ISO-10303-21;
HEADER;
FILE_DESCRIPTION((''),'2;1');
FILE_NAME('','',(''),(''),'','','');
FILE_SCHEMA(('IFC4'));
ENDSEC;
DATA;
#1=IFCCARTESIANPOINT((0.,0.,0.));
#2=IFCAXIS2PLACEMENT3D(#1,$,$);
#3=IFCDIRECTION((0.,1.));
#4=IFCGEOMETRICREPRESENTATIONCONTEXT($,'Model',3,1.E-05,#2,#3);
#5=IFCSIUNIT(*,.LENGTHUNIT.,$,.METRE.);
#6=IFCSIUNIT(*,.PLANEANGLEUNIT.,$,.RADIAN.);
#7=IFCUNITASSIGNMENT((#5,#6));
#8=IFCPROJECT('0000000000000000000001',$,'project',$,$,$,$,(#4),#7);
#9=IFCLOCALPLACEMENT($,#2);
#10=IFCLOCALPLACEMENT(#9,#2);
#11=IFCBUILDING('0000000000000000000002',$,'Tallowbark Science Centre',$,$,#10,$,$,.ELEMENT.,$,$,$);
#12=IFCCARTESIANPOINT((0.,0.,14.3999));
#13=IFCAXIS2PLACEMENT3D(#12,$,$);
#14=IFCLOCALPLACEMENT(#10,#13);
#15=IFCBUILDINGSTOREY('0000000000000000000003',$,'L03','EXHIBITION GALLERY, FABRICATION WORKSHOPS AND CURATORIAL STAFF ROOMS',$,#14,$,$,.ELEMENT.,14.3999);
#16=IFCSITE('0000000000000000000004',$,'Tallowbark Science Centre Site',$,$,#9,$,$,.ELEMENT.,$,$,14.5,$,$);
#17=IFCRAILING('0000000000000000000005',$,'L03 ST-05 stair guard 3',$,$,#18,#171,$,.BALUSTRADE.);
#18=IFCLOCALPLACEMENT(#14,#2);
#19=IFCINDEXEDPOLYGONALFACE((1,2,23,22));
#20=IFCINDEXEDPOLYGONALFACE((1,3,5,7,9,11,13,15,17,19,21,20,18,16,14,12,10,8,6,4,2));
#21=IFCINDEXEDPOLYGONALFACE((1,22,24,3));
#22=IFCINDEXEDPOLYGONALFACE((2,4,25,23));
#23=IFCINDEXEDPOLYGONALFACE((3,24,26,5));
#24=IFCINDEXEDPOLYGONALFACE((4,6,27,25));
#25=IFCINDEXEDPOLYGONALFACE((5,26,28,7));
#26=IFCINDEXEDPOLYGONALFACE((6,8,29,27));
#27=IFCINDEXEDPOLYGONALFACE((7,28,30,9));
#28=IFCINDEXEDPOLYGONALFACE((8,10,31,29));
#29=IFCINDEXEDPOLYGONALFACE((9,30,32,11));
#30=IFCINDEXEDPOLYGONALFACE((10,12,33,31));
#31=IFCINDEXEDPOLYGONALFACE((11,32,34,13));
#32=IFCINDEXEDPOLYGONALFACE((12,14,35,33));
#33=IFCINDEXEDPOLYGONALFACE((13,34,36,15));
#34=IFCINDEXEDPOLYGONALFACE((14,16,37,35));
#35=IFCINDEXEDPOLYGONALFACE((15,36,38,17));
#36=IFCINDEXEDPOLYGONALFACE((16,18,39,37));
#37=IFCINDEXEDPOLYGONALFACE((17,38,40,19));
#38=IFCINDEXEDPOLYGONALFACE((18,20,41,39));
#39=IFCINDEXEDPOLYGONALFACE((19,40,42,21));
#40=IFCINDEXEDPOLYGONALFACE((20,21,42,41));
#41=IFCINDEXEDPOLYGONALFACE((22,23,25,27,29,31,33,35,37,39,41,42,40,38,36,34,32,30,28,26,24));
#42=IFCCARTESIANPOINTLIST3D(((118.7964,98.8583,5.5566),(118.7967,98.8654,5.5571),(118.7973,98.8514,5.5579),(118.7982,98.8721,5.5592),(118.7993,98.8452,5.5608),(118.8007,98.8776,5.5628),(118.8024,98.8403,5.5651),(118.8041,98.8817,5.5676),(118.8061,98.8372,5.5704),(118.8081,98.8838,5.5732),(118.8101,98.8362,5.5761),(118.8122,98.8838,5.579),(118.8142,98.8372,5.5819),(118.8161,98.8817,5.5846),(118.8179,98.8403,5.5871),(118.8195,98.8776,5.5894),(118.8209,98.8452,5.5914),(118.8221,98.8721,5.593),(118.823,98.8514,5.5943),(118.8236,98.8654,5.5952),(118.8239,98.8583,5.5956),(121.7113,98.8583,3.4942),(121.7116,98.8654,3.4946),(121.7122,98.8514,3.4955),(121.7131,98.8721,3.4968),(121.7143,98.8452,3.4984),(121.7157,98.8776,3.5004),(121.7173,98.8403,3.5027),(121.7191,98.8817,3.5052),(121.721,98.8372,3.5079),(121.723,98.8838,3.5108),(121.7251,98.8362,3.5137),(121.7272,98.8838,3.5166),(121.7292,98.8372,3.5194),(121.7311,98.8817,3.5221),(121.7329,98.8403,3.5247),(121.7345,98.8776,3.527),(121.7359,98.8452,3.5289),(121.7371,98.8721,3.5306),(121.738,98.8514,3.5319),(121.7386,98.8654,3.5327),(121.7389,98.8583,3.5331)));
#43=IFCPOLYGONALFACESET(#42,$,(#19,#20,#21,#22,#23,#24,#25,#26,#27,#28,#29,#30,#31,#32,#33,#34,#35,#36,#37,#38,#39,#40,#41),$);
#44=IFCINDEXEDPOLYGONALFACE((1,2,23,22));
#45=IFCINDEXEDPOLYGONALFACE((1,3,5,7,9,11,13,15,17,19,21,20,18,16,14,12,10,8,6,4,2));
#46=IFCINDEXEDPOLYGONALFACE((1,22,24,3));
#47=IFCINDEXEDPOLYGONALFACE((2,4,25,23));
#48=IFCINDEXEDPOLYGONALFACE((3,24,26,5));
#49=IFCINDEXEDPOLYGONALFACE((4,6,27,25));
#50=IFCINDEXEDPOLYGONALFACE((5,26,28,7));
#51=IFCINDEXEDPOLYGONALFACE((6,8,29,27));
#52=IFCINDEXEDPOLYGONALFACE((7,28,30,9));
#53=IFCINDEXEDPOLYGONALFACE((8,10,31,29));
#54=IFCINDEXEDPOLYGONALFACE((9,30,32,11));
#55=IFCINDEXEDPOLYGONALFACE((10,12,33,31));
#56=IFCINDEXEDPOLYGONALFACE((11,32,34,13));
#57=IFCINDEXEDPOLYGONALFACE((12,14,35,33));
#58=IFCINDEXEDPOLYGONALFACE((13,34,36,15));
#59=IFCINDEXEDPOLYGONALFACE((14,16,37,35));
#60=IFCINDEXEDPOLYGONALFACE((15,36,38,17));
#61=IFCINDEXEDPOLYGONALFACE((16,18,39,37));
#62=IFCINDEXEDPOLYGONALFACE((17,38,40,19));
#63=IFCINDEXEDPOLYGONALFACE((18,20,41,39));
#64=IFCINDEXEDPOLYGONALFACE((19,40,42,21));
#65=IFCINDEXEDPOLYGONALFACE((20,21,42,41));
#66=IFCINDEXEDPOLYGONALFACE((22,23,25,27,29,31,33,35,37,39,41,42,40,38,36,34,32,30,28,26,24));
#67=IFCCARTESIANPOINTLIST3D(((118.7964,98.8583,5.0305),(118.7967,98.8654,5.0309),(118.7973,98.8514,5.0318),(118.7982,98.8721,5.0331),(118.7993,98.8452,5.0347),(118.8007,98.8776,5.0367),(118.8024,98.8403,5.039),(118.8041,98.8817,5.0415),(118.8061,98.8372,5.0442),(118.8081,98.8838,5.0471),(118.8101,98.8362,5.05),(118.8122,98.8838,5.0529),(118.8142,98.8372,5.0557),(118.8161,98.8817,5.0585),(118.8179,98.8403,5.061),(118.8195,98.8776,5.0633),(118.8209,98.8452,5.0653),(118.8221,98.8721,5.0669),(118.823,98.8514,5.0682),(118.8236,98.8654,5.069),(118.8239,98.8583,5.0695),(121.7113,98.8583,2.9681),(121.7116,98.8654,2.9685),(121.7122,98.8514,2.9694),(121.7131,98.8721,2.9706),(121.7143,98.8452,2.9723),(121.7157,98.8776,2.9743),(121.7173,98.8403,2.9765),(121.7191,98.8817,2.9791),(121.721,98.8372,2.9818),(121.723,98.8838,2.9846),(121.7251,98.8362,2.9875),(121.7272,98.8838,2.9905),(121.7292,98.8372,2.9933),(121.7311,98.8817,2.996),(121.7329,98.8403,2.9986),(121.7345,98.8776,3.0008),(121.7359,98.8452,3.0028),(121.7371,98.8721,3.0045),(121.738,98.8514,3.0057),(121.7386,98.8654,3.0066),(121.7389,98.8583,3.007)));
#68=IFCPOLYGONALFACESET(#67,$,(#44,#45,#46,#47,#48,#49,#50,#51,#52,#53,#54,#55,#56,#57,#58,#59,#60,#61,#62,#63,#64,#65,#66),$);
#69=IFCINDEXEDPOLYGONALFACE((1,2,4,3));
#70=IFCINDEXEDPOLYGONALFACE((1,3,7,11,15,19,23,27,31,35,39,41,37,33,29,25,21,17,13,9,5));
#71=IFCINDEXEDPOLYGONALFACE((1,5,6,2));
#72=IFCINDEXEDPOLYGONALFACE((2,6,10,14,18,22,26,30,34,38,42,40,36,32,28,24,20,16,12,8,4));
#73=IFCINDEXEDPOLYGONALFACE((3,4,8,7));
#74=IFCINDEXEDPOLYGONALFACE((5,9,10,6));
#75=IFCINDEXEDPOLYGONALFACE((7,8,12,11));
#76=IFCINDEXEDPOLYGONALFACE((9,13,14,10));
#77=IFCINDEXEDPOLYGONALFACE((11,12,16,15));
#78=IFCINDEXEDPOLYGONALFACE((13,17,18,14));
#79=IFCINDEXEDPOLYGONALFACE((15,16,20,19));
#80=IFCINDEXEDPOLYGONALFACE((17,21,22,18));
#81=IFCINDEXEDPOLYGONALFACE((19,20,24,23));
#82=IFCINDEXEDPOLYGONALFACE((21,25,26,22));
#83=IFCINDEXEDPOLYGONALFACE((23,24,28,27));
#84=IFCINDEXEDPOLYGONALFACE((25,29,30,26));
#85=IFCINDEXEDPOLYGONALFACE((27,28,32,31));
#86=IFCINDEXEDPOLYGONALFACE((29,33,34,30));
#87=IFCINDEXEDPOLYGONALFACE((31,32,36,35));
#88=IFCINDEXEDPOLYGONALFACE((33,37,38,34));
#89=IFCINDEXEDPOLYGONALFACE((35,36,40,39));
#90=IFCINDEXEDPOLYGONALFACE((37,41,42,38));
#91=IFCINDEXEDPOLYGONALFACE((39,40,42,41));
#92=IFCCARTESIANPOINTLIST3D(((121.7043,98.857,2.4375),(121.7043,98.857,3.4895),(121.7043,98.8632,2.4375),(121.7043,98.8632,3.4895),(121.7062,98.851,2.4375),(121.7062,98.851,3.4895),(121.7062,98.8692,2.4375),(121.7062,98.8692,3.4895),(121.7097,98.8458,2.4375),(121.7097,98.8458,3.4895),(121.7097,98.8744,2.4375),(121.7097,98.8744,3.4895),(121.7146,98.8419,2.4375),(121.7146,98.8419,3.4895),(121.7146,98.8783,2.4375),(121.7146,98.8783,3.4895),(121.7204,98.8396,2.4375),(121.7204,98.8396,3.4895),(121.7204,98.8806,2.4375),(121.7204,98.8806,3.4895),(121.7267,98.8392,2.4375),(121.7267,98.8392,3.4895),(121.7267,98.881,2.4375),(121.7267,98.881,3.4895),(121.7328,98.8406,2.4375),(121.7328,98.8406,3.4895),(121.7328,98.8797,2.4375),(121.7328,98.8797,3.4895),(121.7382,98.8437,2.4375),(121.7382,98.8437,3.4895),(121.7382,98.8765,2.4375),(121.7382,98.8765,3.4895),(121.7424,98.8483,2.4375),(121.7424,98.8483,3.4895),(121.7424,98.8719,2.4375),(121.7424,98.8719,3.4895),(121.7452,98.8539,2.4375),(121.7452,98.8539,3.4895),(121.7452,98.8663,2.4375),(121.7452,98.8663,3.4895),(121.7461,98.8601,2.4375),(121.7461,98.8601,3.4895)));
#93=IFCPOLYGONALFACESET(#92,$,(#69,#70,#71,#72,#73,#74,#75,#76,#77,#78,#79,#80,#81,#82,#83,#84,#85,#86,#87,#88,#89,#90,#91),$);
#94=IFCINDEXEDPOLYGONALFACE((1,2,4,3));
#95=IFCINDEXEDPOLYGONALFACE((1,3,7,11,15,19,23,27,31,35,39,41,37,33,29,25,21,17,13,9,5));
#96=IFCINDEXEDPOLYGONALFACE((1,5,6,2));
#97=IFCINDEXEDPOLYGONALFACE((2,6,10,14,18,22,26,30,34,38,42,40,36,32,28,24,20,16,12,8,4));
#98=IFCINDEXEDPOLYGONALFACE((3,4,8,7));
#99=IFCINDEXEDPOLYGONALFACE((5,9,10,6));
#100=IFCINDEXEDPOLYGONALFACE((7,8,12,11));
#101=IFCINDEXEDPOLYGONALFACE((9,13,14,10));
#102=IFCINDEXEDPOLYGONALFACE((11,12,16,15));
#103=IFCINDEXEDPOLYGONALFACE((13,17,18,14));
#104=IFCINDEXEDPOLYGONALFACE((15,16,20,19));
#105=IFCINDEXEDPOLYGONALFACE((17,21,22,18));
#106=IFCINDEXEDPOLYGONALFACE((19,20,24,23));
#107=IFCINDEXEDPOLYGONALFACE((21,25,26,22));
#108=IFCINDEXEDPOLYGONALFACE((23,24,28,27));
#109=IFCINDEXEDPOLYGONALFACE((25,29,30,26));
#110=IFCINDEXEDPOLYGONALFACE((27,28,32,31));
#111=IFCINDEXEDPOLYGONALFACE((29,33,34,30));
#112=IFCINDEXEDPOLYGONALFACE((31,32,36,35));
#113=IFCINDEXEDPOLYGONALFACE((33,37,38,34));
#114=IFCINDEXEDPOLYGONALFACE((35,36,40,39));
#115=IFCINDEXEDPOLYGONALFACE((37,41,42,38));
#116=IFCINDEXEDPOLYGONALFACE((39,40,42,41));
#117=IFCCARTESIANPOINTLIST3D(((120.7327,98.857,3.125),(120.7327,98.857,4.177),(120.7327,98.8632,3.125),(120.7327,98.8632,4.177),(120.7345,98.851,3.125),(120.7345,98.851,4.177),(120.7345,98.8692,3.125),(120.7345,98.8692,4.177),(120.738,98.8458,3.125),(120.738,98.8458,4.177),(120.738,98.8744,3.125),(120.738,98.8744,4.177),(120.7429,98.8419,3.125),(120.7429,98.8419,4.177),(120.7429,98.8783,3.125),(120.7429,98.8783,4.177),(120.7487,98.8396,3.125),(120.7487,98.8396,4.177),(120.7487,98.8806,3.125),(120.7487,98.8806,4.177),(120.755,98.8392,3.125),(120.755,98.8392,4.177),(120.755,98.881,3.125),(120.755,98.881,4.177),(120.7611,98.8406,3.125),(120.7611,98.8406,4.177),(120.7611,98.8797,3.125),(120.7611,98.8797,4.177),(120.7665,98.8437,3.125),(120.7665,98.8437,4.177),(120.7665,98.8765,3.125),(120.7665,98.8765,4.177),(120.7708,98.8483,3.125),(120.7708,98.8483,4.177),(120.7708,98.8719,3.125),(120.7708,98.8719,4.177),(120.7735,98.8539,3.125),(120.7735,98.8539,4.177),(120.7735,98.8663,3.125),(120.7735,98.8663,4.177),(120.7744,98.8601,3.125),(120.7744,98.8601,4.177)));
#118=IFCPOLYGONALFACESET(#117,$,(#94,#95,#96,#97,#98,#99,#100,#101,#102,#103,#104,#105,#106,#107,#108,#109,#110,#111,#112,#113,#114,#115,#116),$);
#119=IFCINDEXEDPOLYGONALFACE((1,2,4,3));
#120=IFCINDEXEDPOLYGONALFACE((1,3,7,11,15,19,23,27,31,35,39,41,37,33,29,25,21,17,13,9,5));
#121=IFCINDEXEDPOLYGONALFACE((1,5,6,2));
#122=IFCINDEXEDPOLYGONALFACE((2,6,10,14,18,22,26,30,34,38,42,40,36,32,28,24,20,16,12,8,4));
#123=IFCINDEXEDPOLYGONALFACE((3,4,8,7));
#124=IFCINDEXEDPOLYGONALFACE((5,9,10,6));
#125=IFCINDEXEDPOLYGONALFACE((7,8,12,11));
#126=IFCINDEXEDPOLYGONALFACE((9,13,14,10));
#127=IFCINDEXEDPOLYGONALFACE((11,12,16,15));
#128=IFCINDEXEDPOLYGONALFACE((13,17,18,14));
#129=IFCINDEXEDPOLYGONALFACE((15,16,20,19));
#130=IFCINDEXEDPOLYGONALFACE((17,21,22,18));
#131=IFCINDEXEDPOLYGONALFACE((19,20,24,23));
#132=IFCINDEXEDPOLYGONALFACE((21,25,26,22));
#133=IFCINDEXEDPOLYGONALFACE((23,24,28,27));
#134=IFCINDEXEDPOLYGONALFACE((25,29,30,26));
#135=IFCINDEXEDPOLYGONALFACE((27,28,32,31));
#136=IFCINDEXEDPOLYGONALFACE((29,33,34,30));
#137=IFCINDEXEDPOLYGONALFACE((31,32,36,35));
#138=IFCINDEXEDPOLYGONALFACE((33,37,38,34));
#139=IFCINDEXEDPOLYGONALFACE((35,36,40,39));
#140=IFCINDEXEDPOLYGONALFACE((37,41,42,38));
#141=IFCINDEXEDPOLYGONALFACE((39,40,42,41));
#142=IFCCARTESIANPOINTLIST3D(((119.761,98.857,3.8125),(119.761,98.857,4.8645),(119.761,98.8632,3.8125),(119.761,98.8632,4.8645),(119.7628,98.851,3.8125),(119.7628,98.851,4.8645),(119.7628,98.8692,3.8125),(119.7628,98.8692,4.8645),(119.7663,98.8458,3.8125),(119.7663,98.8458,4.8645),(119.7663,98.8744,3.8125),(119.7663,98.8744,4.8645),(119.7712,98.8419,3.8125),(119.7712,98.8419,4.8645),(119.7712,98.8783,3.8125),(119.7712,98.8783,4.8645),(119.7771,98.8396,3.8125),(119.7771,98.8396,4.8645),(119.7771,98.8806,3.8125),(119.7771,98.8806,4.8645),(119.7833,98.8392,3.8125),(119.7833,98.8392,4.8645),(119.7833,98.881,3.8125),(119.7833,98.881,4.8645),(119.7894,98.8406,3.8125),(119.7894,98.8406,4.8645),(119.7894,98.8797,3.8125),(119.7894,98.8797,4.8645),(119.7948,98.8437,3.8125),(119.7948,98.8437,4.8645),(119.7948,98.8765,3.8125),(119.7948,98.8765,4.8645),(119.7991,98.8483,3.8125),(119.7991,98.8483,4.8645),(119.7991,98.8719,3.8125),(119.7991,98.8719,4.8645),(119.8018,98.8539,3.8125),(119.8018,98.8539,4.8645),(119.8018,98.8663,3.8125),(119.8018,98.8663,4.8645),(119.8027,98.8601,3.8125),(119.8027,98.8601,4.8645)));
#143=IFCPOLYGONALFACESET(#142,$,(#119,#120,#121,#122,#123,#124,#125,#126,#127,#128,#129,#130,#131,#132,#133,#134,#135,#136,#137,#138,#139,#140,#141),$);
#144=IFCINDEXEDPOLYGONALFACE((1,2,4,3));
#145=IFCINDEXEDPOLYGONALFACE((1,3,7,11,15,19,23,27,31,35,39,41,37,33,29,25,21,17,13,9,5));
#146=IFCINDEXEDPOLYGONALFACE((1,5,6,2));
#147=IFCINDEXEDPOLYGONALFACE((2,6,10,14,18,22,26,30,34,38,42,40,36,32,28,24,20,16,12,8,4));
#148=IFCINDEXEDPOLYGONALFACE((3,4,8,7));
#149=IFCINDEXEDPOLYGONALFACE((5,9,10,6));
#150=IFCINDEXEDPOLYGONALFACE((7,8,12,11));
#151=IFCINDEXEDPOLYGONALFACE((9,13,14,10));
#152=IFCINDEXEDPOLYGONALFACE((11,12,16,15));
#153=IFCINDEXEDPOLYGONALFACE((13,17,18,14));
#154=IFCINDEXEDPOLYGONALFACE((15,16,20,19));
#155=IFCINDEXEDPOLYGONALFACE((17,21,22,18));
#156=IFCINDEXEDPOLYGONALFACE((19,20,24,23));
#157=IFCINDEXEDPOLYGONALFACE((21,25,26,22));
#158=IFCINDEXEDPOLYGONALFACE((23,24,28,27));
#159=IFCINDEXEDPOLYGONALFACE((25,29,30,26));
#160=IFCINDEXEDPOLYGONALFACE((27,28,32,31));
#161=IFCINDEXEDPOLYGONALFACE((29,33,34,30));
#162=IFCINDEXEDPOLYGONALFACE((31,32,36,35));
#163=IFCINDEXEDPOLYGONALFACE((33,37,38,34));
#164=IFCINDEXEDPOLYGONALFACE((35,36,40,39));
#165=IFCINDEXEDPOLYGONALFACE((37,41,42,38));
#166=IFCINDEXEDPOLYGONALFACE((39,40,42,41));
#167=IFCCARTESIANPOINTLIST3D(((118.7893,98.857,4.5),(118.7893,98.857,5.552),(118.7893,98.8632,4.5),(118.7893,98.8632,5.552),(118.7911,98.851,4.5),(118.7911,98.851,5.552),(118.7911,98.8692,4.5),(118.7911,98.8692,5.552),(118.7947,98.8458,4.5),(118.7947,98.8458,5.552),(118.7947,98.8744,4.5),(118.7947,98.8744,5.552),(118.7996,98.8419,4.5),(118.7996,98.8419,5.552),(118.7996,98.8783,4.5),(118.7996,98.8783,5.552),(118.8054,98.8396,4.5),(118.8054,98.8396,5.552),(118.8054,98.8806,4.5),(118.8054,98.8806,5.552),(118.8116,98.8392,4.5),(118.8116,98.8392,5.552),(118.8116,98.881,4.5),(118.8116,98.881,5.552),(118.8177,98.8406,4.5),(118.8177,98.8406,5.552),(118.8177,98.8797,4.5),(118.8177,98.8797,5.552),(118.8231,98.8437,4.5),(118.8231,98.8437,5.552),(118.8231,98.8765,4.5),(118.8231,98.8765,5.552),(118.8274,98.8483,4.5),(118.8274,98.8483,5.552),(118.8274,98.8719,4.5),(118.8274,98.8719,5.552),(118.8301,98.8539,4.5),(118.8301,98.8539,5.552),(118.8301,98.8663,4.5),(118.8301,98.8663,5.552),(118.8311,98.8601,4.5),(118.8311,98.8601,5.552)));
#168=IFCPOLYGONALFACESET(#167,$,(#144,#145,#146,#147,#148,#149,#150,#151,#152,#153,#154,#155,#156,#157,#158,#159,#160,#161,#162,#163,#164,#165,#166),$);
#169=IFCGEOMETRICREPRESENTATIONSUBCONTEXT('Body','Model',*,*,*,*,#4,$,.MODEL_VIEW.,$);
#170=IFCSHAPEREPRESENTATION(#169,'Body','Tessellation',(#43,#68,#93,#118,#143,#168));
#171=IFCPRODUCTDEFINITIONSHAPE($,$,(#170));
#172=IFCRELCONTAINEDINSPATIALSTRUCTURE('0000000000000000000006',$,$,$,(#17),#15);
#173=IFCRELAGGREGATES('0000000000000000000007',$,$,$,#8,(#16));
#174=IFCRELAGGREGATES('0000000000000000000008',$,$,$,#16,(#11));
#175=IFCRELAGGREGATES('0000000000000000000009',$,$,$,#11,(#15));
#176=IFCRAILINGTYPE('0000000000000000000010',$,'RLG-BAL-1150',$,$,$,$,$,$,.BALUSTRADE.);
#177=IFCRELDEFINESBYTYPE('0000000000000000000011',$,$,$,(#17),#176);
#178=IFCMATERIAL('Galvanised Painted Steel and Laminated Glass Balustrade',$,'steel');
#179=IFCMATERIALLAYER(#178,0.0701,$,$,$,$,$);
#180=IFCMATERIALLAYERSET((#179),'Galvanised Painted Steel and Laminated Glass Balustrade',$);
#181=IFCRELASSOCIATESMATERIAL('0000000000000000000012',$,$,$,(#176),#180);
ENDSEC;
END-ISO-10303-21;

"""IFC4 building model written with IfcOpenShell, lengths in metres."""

from ifc_helpers import new_model, si_unit, direction, frame, origin, origin_2d, place, context, subcontext, project, spatial, circle, extrude, material, layer, layer_set, type_object, element, save


model = new_model("IFC4")

# Units and contexts
model_context = context("Model", 3, precision=1e-05, world=origin(), true_north=direction((0.0, 1.0)))
body_context = subcontext(model_context, "Body", "Model", "MODEL_VIEW")
ifc_project = project(units=[si_unit("LENGTHUNIT", "METRE"), si_unit("PLANEANGLEUNIT", "RADIAN")], contexts=[model_context])

# Site, building, storey
site_placement = place(None, origin())
site = spatial("IfcSite", under=ifc_project, at=site_placement, Name="Tallowbark Science Centre Site", CompositionType="ELEMENT", RefElevation=14.5)
building_placement = place(site_placement, origin())
building = spatial("IfcBuilding", under=site, at=building_placement, Name="Tallowbark Science Centre", CompositionType="ELEMENT")
storey_placement = place(building_placement, frame((0.0, 0.0, 14.3999)))
storey = spatial("IfcBuildingStorey", under=building, at=storey_placement, Name="L03", Description="EXHIBITION GALLERY, FABRICATION WORKSHOPS AND CURATORIAL STAFF ROOMS", CompositionType="ELEMENT", Elevation=14.3999)

# Railing
ifc_material_1 = material(Name="Galvanised Painted Steel and Laminated Glass Balustrade", Category="steel")
ifc_layer_1 = layer(ifc_material_1, 0.0701)
ifc_layer_set_1 = layer_set([ifc_layer_1], Name="Galvanised Painted Steel and Laminated Glass Balustrade")
railing_type_1 = type_object("IfcRailingType", Name="RLG-BAL-1150", PredefinedType="BALUSTRADE", material=ifc_layer_set_1)
railing_1_placement = place(storey_placement, frame((121.7251, 98.8601, 2.4375)))
element("IfcRailing", 1, at=railing_1_placement, inside=storey, type_object=railing_type_1, Name="L03 ST-05 stair guard 3", PredefinedType="BALUSTRADE", context=body_context, shape_type="SweptSolid", body=[
    extrude(circle(Radius=0.0239, at=origin_2d()), frame((0.0, 0.0, 1.0762), z_axis=(-0.816331, 0.0, 0.577585), x_axis=(0.0, -1.0, 0.0)), (0.0, 0.0, 1.0), 3.5708),
    extrude(circle(Radius=0.0239, at=origin_2d()), frame((0.0, 0.0, 0.55), z_axis=(-0.816331, 0.0, 0.577585), x_axis=(0.0, -1.0, 0.0)), (0.0, 0.0, 1.0), 3.5708),
    extrude(circle(Radius=0.021, at=origin_2d()), origin(), (0.0, 0.0, 1.0), 1.052),
    extrude(circle(Radius=0.021, at=origin_2d()), frame((-0.9717, 0.0, 0.6875)), (0.0, 0.0, 1.0), 1.052),
    extrude(circle(Radius=0.021, at=origin_2d()), frame((-1.9434, 0.0, 1.375)), (0.0, 0.0, 1.0), 1.052),
    extrude(circle(Radius=0.021, at=origin_2d()), frame((-2.915, 0.0, 2.0625)), (0.0, 0.0, 1.0), 1.052),
])

save(model, "model.ifc")
